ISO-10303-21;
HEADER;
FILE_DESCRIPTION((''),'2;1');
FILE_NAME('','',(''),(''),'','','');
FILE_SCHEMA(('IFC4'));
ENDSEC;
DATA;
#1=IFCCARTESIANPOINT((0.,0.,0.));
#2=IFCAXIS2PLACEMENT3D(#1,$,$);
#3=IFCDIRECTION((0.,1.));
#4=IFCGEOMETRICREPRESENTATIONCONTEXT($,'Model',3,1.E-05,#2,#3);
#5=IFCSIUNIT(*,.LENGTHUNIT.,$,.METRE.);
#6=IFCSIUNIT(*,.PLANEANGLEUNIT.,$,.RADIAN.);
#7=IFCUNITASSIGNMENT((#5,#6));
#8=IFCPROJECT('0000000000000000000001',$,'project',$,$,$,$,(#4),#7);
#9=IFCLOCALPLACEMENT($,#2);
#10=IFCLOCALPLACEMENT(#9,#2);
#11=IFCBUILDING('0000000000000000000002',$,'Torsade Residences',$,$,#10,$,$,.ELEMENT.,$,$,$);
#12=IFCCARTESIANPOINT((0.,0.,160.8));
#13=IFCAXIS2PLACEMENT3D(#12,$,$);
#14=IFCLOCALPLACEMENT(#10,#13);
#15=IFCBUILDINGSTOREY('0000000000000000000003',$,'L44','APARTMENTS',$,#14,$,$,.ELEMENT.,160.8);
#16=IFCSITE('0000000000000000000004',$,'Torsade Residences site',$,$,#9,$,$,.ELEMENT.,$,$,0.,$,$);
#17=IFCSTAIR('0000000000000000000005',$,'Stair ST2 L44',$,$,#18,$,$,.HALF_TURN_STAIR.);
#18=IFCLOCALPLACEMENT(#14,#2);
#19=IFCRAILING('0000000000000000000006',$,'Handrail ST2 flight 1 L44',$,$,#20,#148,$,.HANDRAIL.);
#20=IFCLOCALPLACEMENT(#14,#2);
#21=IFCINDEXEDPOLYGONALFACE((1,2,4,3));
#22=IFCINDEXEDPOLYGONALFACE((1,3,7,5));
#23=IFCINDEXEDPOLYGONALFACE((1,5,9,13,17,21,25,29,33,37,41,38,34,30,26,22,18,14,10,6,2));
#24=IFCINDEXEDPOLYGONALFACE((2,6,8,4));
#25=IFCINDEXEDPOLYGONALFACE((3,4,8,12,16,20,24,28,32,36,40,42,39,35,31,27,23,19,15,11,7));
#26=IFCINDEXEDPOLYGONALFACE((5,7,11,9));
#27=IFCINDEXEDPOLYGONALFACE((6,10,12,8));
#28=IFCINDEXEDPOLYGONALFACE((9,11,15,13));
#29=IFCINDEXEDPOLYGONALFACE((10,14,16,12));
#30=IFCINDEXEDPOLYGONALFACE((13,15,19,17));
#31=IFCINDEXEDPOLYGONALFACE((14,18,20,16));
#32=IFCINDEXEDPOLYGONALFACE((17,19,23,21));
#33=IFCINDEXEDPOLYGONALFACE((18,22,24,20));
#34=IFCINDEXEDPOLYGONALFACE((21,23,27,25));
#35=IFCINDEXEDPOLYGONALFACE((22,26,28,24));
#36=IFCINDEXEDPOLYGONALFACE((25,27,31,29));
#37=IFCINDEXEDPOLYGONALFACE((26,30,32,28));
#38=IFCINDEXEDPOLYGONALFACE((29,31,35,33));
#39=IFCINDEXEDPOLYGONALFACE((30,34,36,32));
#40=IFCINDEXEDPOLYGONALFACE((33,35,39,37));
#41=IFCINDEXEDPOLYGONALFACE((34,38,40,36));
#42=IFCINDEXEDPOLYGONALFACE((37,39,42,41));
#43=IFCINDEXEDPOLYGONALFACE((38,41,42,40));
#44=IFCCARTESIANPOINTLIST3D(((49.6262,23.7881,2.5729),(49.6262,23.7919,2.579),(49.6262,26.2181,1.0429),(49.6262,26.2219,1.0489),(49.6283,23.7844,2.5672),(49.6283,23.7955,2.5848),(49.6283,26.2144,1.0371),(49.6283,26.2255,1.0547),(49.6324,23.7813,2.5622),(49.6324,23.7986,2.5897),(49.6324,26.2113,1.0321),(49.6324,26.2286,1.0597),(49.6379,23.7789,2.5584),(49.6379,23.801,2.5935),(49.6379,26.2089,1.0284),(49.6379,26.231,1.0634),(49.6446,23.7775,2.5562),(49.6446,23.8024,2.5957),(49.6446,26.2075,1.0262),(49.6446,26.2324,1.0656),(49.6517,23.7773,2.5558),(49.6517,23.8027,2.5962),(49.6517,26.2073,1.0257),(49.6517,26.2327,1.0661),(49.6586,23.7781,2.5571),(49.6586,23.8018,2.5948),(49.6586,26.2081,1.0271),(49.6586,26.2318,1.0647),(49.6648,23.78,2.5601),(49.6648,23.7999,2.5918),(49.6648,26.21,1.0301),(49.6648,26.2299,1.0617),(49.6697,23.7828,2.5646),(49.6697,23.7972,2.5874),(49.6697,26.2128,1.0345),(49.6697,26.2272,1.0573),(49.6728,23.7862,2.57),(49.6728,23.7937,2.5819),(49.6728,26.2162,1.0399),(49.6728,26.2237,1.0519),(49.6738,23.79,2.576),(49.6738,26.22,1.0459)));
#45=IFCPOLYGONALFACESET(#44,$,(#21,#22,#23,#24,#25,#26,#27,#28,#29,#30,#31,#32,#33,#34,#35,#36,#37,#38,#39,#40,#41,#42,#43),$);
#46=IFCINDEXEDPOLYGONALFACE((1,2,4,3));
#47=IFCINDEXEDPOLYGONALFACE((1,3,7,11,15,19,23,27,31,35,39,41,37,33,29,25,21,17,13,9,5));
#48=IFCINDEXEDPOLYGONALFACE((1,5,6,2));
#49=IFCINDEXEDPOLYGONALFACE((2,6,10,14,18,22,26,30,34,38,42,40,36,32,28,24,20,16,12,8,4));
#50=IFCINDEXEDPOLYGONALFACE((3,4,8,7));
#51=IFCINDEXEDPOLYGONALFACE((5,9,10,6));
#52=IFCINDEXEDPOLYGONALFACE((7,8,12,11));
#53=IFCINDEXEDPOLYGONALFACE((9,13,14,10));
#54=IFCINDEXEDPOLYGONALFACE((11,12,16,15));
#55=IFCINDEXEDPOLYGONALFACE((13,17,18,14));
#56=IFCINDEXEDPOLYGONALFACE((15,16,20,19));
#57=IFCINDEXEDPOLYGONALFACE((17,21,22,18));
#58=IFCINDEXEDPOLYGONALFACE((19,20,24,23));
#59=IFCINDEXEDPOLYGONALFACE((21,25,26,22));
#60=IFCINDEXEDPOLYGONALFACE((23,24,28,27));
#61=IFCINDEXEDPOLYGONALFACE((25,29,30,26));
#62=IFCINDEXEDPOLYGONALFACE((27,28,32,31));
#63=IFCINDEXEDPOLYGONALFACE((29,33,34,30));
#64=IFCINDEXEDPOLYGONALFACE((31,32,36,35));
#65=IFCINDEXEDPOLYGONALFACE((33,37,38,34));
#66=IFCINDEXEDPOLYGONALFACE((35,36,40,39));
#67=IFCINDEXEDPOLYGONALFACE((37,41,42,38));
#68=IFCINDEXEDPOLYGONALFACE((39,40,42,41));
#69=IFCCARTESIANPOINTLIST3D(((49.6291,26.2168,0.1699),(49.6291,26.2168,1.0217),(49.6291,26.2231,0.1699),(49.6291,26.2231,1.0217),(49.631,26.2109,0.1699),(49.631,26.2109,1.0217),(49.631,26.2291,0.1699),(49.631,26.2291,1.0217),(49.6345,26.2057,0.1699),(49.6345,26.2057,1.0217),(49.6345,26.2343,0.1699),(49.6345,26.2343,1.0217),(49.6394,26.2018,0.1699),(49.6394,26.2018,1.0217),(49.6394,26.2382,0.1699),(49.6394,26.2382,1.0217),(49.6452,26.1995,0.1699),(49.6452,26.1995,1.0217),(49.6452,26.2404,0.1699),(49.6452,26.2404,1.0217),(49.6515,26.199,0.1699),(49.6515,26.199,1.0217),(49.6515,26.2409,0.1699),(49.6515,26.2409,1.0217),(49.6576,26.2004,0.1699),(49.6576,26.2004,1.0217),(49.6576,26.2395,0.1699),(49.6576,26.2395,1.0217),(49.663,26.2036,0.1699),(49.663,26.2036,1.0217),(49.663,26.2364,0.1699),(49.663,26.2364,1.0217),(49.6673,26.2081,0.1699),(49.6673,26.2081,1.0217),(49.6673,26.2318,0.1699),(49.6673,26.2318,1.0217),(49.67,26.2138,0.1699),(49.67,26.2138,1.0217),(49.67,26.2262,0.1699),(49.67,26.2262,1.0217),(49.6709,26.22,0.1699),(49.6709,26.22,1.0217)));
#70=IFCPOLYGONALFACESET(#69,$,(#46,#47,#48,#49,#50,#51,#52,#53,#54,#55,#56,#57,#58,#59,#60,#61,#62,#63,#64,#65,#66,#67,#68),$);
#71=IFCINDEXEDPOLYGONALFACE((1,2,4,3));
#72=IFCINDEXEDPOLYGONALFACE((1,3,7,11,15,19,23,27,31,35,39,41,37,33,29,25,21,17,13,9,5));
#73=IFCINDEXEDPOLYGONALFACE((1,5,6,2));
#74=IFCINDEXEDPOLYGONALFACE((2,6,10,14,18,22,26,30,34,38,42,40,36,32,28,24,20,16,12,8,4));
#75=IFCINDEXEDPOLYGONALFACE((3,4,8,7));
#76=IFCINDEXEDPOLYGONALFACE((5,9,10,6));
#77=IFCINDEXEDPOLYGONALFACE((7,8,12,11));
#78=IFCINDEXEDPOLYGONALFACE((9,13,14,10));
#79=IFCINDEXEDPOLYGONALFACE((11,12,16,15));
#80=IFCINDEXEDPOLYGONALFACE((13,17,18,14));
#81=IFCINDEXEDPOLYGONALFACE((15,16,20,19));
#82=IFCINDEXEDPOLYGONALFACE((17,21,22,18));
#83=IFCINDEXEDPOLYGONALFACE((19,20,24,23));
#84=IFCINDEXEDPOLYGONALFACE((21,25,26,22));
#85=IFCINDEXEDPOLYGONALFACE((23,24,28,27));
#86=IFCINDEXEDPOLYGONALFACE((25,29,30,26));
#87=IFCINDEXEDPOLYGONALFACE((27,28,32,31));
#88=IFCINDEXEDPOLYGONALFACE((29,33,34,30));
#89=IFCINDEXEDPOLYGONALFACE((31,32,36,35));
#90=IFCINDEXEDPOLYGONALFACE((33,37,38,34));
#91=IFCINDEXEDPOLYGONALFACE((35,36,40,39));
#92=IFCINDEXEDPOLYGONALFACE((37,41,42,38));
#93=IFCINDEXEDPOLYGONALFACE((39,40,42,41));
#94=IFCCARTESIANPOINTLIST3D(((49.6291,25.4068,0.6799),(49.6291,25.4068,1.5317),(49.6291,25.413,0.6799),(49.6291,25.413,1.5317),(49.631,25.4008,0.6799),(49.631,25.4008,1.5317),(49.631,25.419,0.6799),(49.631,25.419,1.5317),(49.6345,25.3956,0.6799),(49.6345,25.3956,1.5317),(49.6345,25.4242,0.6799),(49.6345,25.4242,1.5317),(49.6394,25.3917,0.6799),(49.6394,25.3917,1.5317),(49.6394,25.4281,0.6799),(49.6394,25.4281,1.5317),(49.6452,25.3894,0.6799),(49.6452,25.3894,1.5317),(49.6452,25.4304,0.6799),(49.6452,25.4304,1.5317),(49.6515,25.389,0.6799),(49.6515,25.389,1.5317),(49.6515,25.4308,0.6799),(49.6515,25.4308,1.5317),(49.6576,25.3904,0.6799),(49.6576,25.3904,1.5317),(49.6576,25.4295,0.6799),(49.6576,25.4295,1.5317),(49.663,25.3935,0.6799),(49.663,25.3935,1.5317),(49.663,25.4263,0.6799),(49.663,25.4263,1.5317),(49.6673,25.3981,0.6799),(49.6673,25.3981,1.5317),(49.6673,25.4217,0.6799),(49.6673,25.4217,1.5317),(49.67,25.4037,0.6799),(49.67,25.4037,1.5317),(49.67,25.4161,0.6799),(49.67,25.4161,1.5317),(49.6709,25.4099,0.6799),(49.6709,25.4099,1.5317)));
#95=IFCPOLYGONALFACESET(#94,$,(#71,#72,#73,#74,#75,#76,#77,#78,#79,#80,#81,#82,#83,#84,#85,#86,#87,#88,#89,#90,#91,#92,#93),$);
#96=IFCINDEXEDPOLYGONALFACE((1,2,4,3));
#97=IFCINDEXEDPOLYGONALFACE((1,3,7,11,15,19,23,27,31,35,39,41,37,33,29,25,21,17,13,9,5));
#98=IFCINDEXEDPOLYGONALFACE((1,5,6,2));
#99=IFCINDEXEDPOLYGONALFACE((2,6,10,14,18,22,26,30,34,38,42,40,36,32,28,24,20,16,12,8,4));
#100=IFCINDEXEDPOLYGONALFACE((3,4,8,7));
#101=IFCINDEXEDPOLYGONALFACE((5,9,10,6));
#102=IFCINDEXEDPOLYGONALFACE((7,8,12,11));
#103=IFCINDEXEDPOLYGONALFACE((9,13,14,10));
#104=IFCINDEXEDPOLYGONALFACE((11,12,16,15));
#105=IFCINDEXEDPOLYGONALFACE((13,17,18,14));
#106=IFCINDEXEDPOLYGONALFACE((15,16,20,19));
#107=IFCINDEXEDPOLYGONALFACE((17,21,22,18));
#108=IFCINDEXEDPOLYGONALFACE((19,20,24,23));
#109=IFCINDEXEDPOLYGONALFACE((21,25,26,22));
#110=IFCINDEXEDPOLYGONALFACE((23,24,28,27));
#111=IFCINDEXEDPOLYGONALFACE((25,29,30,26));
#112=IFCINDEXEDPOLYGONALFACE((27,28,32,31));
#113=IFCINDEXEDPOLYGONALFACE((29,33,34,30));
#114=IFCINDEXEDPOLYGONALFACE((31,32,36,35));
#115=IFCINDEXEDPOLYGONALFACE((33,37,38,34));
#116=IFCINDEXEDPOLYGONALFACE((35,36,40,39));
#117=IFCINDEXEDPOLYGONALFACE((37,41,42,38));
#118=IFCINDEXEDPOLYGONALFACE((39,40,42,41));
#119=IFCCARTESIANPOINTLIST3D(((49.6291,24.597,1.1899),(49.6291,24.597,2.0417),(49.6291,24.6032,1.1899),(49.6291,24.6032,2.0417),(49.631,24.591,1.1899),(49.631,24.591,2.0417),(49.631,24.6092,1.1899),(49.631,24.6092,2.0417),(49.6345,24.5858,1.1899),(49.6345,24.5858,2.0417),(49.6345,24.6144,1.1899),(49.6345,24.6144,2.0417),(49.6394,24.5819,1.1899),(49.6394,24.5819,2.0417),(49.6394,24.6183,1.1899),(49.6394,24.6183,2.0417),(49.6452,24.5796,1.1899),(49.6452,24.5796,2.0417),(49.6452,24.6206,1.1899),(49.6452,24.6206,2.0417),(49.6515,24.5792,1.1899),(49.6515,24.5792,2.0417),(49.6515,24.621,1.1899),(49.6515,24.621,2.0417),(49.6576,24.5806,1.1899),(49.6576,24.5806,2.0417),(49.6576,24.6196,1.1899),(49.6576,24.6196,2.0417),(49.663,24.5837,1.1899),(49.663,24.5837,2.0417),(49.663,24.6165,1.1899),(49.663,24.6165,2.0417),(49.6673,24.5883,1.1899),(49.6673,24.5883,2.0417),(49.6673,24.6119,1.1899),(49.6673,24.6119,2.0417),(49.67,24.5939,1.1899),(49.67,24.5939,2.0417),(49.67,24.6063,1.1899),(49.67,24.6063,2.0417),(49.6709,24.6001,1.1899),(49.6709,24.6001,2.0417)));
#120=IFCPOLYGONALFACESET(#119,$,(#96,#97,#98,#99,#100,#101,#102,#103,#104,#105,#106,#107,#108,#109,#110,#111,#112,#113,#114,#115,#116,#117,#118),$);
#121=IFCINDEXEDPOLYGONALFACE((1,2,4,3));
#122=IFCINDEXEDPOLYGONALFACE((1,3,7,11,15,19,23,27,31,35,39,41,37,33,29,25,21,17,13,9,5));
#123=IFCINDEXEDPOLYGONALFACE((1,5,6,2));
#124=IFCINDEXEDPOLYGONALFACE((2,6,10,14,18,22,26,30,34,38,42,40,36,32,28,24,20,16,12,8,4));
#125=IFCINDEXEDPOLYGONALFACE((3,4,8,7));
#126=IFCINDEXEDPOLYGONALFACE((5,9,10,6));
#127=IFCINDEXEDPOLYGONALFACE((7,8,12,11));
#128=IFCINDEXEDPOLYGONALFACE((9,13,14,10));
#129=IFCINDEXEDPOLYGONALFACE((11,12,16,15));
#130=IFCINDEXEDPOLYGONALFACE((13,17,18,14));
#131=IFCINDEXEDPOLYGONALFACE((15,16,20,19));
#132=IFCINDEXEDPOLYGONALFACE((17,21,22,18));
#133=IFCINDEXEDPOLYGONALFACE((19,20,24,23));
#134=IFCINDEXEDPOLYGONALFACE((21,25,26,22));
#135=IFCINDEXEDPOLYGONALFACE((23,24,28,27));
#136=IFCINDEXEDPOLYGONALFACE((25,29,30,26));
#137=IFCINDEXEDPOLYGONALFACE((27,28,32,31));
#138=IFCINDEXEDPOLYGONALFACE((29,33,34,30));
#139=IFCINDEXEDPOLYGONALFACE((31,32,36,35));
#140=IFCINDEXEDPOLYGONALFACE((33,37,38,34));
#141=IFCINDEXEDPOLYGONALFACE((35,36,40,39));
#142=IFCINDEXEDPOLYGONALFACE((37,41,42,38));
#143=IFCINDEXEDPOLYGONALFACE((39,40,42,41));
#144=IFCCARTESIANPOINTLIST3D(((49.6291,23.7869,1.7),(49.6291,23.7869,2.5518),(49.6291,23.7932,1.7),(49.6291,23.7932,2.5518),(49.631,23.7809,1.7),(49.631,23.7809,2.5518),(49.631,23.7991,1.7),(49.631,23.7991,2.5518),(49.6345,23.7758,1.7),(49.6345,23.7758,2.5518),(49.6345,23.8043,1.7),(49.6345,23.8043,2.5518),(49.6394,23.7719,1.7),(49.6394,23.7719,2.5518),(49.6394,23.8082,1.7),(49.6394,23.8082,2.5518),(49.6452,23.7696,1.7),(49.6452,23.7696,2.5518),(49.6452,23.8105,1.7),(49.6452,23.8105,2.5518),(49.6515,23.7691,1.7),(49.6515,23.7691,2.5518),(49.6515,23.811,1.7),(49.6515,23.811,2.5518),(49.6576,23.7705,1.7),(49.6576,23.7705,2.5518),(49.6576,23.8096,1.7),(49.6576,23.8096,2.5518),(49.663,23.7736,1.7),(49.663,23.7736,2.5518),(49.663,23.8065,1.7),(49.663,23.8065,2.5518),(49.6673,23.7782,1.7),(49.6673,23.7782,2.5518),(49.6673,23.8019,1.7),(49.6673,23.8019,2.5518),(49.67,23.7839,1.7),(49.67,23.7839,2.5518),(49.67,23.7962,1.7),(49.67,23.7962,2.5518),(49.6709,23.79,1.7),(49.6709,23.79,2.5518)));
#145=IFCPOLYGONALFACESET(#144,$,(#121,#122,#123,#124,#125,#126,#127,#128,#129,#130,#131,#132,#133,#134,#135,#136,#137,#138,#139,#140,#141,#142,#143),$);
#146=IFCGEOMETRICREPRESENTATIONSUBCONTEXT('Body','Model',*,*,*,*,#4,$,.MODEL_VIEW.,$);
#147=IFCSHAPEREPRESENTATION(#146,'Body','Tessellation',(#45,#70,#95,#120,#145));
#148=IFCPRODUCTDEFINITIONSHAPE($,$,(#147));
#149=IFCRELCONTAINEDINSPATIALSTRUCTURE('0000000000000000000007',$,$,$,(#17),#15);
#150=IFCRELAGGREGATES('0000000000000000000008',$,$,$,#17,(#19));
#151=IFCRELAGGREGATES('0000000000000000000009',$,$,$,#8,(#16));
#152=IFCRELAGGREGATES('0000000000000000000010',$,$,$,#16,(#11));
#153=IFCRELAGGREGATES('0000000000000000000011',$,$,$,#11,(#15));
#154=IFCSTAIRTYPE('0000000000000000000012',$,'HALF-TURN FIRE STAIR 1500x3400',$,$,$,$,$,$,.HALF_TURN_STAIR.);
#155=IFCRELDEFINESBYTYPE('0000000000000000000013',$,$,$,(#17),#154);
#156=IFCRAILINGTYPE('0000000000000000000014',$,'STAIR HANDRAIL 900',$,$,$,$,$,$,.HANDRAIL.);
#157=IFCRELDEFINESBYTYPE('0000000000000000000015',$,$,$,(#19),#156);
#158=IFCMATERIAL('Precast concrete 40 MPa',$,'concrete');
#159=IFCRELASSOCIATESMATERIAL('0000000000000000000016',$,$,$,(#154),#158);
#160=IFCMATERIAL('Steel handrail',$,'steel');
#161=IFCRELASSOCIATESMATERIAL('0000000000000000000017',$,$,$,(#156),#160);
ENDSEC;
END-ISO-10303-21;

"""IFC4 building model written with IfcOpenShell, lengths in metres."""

from ifc_helpers import new_model, si_unit, direction, frame, origin, origin_2d, place, context, subcontext, project, spatial, circle, extrude, material, type_object, element, aggregate, save


model = new_model("IFC4")

# Units and contexts
model_context = context("Model", 3, precision=1e-05, world=origin(), true_north=direction((0.0, 1.0)))
body_context = subcontext(model_context, "Body", "Model", "MODEL_VIEW")
ifc_project = project(units=[si_unit("LENGTHUNIT", "METRE"), si_unit("PLANEANGLEUNIT", "RADIAN")], contexts=[model_context])

# Site, building, storey
site_placement = place(None, origin())
site = spatial("IfcSite", under=ifc_project, at=site_placement, Name="Torsade Residences site", CompositionType="ELEMENT", RefElevation=0.0)
building_placement = place(site_placement, origin())
building = spatial("IfcBuilding", under=site, at=building_placement, Name="Torsade Residences", CompositionType="ELEMENT")
storey_placement = place(building_placement, frame((0.0, 0.0, 160.8)))
storey = spatial("IfcBuildingStorey", under=building, at=storey_placement, Name="L44", Description="APARTMENTS", CompositionType="ELEMENT", Elevation=160.8)

# Stair, railing
ifc_material_1 = material(Name="Precast concrete 40 MPa", Category="concrete")
stair_type = type_object("IfcStairType", Name="HALF-TURN FIRE STAIR 1500x3400", PredefinedType="HALF_TURN_STAIR", material=ifc_material_1)
stair_placement = place(storey_placement, origin())
stair = element("IfcStair", 1, at=stair_placement, inside=storey, type_object=stair_type, Name="Stair ST2 L44", PredefinedType="HALF_TURN_STAIR")
ifc_material_2 = material(Name="Steel handrail", Category="steel")
railing_type = type_object("IfcRailingType", Name="STAIR HANDRAIL 900", PredefinedType="HANDRAIL", material=ifc_material_2)
railing_1_placement = place(storey_placement, frame((49.6499, 26.22, 0.1699)))
railing_1 = element("IfcRailing", 2, at=railing_1_placement, type_object=railing_type, Name="Handrail ST2 flight 1 L44", PredefinedType="HANDRAIL", context=body_context, shape_type="SweptSolid", body=[
    extrude(circle(Radius=0.0239, at=origin_2d()), frame((0.0, 0.0, 0.876), z_axis=(0.0, -0.846221, 0.532831), x_axis=(1.0, 0.0, 0.0)), (0.0, 0.0, 1.0), 2.8716),
    extrude(circle(Radius=0.021, at=origin_2d()), origin(), (0.0, 0.0, 1.0), 0.8518),
    extrude(circle(Radius=0.021, at=origin_2d()), frame((0.0, -0.8101, 0.51)), (0.0, 0.0, 1.0), 0.8518),
    extrude(circle(Radius=0.021, at=origin_2d()), frame((0.0, -1.6199, 1.02)), (0.0, 0.0, 1.0), 0.8518),
    extrude(circle(Radius=0.021, at=origin_2d()), frame((0.0, -2.4299, 1.53)), (0.0, 0.0, 1.0), 0.8518),
])
aggregate(stair, [railing_1])

save(model, "model.ifc")
